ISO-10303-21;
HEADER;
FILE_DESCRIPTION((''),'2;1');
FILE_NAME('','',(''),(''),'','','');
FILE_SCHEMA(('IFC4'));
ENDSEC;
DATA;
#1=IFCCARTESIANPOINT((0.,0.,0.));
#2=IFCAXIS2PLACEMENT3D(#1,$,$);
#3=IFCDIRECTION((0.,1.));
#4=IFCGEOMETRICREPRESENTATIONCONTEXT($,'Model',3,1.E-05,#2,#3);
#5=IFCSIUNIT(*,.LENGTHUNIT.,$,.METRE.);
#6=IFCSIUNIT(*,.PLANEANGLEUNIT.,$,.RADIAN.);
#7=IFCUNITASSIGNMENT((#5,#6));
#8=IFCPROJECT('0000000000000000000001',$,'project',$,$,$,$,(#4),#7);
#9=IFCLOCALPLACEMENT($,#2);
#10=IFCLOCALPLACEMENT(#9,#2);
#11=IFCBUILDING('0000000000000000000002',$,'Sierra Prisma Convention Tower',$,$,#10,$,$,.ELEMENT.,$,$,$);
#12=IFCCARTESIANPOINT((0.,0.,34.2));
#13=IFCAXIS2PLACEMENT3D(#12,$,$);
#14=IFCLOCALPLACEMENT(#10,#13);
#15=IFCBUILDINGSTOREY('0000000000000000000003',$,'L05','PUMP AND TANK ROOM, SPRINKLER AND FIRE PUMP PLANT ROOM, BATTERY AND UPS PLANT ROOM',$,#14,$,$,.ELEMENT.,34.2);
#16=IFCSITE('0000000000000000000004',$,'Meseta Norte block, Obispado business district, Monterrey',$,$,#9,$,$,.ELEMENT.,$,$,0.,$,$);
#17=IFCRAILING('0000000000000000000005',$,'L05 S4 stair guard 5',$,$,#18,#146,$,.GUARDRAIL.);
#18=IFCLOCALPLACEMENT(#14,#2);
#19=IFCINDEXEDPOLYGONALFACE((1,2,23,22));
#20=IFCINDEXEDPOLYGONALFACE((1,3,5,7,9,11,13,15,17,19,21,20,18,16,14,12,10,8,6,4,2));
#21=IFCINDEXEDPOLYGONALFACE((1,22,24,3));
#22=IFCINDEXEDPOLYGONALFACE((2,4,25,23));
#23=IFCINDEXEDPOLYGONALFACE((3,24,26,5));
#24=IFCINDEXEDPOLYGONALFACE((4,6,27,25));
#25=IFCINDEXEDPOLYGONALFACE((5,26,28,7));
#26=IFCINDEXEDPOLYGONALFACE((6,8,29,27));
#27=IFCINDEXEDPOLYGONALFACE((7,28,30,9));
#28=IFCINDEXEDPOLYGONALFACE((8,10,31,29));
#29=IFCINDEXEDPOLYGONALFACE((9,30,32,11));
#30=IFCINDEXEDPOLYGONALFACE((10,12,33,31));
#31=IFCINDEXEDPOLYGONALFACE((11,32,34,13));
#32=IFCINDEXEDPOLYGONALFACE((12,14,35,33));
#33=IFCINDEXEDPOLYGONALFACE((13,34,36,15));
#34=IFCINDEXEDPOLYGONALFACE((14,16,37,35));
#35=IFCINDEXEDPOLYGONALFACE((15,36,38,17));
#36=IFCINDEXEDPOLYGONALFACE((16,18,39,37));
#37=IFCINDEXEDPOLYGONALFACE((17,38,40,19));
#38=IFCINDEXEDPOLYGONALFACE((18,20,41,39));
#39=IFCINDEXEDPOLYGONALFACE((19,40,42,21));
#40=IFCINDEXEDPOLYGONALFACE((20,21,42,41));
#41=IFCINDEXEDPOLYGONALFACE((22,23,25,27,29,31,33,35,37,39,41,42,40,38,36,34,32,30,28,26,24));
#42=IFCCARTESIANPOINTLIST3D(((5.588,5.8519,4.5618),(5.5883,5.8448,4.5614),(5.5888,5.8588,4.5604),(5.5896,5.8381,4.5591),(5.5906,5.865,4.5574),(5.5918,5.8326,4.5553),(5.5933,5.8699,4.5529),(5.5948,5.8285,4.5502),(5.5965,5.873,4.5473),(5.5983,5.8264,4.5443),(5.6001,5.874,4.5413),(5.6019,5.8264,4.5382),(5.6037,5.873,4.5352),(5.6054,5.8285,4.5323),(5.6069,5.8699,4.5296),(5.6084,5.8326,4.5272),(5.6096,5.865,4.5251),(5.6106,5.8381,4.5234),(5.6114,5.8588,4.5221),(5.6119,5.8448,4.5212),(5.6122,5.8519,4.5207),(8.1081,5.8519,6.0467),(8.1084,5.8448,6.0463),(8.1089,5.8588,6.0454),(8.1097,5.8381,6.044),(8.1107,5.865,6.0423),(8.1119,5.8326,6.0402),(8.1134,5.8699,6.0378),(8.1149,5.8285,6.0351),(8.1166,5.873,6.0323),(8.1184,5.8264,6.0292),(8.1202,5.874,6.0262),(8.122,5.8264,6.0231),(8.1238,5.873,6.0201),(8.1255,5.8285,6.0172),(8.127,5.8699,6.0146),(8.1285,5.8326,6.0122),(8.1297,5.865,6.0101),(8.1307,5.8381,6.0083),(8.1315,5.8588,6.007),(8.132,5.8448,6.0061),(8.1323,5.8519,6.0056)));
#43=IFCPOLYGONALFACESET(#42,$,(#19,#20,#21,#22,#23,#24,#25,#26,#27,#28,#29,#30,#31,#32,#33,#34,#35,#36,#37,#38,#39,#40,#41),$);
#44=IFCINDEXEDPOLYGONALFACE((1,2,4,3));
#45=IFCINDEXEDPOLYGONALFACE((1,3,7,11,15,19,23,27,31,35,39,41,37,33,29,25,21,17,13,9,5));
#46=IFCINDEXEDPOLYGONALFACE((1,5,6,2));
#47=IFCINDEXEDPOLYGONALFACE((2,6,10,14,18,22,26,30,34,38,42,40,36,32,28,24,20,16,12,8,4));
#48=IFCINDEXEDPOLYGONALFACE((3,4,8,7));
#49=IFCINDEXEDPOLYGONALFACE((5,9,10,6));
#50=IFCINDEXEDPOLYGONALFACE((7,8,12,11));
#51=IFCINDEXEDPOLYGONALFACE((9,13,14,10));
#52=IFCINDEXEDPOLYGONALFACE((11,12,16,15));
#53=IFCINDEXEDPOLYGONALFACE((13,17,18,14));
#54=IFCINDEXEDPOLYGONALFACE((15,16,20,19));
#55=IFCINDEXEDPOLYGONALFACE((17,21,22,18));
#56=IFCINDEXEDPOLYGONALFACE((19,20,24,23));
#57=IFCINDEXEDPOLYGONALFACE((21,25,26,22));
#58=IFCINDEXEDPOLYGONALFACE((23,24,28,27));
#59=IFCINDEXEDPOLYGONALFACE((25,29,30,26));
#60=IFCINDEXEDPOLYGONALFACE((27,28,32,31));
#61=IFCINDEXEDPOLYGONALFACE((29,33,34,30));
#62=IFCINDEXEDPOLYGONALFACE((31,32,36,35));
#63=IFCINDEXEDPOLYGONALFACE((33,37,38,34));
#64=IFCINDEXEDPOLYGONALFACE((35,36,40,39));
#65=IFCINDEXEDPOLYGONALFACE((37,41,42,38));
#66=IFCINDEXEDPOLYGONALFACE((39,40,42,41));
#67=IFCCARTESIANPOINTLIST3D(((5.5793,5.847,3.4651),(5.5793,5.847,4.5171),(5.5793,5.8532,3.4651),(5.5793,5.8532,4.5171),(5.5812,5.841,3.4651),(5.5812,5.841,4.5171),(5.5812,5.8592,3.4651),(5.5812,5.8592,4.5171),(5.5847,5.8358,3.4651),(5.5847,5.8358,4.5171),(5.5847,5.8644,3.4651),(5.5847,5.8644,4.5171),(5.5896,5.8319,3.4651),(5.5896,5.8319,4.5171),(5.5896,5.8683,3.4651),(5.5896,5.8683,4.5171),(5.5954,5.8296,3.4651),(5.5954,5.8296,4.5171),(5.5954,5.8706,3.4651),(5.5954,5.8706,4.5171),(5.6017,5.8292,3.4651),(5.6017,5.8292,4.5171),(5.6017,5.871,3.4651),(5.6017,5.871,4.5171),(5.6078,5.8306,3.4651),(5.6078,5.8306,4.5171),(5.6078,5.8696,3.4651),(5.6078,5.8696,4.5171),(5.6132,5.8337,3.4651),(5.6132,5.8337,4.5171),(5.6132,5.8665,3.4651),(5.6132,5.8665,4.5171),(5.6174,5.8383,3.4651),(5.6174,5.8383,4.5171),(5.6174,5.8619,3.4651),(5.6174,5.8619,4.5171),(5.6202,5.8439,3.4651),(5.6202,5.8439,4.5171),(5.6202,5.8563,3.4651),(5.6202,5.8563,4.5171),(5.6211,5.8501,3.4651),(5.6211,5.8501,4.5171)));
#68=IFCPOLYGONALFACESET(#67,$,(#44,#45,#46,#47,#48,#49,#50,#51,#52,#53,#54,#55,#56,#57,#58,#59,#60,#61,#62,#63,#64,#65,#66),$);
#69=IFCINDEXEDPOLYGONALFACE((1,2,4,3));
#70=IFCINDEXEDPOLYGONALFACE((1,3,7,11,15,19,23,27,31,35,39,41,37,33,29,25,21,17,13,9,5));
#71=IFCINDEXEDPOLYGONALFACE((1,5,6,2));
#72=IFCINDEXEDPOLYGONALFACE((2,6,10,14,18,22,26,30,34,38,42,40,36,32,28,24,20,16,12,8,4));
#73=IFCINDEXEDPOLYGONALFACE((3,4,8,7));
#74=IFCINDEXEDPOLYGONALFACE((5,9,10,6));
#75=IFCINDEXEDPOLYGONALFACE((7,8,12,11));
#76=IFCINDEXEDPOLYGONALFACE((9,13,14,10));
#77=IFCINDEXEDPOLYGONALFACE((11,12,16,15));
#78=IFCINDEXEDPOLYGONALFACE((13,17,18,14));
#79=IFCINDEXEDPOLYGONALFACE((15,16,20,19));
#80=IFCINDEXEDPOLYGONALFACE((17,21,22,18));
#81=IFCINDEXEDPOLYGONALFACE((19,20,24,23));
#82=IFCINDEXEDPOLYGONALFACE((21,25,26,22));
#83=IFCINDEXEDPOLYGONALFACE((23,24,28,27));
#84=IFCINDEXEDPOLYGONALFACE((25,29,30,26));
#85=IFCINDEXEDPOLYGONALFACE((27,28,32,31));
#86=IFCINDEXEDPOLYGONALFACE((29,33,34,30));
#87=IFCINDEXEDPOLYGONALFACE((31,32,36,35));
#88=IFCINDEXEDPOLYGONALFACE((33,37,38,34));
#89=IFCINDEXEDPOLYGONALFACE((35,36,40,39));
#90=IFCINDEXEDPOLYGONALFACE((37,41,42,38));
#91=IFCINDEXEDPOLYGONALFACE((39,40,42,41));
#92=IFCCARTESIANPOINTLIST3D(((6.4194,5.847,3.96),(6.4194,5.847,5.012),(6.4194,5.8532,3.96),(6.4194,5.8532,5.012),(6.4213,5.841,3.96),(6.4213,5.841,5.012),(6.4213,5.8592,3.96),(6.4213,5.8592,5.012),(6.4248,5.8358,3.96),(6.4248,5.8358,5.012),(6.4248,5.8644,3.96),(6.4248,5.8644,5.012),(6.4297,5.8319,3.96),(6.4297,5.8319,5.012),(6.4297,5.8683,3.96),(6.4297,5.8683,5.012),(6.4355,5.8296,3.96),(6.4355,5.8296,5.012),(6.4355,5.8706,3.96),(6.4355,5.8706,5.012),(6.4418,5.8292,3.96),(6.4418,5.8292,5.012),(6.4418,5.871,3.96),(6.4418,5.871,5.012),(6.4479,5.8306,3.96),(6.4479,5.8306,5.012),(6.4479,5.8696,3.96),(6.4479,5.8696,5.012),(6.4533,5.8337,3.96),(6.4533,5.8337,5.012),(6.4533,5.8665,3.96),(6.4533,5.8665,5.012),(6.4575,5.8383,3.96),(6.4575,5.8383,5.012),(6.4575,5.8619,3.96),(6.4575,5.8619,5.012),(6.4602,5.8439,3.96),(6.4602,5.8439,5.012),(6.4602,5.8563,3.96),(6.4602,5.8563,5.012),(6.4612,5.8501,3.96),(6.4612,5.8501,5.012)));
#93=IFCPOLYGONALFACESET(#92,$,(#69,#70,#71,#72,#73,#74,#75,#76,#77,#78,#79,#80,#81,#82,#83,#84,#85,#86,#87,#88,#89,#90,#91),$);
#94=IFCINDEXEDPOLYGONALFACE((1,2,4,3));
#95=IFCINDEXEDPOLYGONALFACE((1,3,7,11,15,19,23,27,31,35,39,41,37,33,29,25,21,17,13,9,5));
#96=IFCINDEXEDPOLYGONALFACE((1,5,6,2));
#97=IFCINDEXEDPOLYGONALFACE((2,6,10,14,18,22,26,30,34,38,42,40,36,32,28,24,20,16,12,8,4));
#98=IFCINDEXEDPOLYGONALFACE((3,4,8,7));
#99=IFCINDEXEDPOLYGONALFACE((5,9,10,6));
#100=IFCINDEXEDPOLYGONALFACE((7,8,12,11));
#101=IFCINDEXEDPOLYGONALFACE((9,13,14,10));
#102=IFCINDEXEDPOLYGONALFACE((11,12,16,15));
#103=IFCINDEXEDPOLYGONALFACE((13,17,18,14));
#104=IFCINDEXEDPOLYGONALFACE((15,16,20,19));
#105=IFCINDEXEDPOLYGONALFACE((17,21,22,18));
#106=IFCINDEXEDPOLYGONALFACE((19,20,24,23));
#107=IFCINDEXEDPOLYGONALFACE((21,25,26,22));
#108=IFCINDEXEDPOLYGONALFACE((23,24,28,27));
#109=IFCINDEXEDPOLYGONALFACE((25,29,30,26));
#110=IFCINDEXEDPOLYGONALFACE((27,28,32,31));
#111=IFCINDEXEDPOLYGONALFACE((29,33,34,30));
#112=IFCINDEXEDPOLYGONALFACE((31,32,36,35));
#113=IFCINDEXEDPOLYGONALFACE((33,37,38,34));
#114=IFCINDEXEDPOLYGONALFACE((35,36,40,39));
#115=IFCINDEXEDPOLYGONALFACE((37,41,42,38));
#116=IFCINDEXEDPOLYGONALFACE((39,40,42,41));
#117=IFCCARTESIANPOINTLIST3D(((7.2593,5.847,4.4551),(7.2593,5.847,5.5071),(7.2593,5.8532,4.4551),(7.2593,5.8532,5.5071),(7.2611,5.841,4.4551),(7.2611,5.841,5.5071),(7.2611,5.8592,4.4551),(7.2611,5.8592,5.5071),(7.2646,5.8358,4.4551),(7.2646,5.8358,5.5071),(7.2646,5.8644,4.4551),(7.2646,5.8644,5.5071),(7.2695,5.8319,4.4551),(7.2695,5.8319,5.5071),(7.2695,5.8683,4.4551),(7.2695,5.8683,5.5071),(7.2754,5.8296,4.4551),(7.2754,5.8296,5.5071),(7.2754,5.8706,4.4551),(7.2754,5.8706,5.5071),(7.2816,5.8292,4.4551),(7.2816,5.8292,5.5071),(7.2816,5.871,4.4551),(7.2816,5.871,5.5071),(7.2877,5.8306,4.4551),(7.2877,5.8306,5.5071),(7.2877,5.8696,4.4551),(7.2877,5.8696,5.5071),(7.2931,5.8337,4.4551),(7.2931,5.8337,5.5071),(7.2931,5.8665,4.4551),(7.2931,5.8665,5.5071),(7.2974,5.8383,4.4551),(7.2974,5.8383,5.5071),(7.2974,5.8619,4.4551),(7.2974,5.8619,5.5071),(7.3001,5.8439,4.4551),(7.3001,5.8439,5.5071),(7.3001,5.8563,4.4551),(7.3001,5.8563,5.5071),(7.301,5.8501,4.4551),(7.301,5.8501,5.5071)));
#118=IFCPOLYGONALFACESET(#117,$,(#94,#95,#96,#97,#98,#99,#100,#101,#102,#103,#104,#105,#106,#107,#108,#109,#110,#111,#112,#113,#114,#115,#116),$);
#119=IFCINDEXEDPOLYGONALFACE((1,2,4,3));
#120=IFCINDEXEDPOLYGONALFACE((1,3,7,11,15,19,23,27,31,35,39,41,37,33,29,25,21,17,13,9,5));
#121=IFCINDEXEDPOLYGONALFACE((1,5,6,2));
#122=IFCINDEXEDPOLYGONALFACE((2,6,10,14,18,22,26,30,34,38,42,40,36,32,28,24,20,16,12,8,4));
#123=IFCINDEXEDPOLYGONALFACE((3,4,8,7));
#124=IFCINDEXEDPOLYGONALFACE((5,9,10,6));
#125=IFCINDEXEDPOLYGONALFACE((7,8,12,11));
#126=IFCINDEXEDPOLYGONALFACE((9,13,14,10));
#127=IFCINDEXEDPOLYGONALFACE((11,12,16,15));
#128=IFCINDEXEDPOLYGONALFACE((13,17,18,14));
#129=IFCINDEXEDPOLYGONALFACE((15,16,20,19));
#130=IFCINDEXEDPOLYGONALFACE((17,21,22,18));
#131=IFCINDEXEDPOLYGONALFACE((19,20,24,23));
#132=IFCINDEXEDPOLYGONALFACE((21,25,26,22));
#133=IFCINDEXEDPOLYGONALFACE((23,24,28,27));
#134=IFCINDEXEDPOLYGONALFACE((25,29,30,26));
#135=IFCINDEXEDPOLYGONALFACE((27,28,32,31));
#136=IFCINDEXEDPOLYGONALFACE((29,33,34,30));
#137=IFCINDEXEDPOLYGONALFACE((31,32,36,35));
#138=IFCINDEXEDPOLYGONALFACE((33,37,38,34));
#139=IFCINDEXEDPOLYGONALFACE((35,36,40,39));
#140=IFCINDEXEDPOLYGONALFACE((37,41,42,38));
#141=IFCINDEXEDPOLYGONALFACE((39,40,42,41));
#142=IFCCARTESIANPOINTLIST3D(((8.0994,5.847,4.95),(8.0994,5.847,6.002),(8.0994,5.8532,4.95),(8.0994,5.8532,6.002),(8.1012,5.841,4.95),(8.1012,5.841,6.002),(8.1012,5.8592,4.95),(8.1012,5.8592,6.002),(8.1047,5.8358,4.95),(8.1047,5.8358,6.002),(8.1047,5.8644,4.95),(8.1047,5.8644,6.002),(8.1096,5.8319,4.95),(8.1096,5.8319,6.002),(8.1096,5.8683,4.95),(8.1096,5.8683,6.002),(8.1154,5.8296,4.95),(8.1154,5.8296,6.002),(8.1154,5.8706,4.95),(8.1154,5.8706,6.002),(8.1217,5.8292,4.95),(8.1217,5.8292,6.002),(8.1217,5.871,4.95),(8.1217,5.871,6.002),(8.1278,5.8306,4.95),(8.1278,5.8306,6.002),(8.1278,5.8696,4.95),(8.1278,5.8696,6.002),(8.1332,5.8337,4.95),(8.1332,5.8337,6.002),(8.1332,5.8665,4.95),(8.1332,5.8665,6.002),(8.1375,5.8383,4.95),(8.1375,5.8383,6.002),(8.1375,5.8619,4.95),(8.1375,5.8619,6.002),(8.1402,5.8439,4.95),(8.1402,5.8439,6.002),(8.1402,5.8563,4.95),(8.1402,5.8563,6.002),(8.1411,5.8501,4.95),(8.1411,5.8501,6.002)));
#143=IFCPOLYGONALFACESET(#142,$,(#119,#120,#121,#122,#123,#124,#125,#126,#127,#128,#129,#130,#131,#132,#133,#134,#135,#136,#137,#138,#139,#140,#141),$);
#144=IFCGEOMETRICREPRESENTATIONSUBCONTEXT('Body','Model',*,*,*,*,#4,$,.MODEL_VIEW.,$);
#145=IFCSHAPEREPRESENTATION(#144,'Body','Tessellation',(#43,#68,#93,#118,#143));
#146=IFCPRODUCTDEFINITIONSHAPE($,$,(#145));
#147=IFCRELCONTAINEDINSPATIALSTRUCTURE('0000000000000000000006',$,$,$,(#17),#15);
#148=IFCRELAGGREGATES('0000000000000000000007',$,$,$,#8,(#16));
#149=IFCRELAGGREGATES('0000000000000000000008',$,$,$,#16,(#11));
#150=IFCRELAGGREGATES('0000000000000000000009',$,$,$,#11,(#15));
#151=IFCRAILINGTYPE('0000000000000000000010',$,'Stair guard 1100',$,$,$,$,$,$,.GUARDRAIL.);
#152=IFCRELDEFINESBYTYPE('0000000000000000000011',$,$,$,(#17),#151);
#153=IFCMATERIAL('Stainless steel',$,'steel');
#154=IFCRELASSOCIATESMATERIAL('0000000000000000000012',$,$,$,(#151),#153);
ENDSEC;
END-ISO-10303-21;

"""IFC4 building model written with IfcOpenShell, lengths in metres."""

from ifc_helpers import new_model, si_unit, direction, frame, origin, origin_2d, place, context, subcontext, project, spatial, circle, extrude, material, type_object, element, save


model = new_model("IFC4")

# Units and contexts
model_context = context("Model", 3, precision=1e-05, world=origin(), true_north=direction((0.0, 1.0)))
body_context = subcontext(model_context, "Body", "Model", "MODEL_VIEW")
ifc_project = project(units=[si_unit("LENGTHUNIT", "METRE"), si_unit("PLANEANGLEUNIT", "RADIAN")], contexts=[model_context])

# Site, building, storey
site_placement = place(None, origin())
site = spatial("IfcSite", under=ifc_project, at=site_placement, Name="Meseta Norte block, Obispado business district, Monterrey", CompositionType="ELEMENT", RefElevation=0.0)
building_placement = place(site_placement, origin())
building = spatial("IfcBuilding", under=site, at=building_placement, Name="Sierra Prisma Convention Tower", CompositionType="ELEMENT")
storey_placement = place(building_placement, frame((0.0, 0.0, 34.2)))
storey = spatial("IfcBuildingStorey", under=building, at=storey_placement, Name="L05", Description="PUMP AND TANK ROOM, SPRINKLER AND FIRE PUMP PLANT ROOM, BATTERY AND UPS PLANT ROOM", CompositionType="ELEMENT", Elevation=34.2)

# Railing
ifc_material_1 = material(Name="Stainless steel", Category="steel")
railing_type_1 = type_object("IfcRailingType", Name="Stair guard 1100", PredefinedType="GUARDRAIL", material=ifc_material_1)
railing_1_placement = place(storey_placement, frame((5.6001, 5.8501, 3.4651)))
element("IfcRailing", 1, at=railing_1_placement, inside=storey, type_object=railing_type_1, Name="L05 S4 stair guard 5", PredefinedType="GUARDRAIL", context=body_context, shape_type="SweptSolid", body=[
    extrude(circle(Radius=0.0239, at=origin_2d()), frame((0.0, 0.0, 1.0762), z_axis=(0.861561, 0.0, 0.507655), x_axis=(0.0, 1.0, 0.0)), (0.0, 0.0, 1.0), 2.925),
    extrude(circle(Radius=0.021, at=origin_2d()), origin(), (0.0, 0.0, 1.0), 1.052),
    extrude(circle(Radius=0.021, at=origin_2d()), frame((0.8401, 0.0, 0.4949)), (0.0, 0.0, 1.0), 1.052),
    extrude(circle(Radius=0.021, at=origin_2d()), frame((1.6799, 0.0, 0.99)), (0.0, 0.0, 1.0), 1.052),
    extrude(circle(Radius=0.021, at=origin_2d()), frame((2.52, 0.0, 1.4849)), (0.0, 0.0, 1.0), 1.052),
])

save(model, "model.ifc")
